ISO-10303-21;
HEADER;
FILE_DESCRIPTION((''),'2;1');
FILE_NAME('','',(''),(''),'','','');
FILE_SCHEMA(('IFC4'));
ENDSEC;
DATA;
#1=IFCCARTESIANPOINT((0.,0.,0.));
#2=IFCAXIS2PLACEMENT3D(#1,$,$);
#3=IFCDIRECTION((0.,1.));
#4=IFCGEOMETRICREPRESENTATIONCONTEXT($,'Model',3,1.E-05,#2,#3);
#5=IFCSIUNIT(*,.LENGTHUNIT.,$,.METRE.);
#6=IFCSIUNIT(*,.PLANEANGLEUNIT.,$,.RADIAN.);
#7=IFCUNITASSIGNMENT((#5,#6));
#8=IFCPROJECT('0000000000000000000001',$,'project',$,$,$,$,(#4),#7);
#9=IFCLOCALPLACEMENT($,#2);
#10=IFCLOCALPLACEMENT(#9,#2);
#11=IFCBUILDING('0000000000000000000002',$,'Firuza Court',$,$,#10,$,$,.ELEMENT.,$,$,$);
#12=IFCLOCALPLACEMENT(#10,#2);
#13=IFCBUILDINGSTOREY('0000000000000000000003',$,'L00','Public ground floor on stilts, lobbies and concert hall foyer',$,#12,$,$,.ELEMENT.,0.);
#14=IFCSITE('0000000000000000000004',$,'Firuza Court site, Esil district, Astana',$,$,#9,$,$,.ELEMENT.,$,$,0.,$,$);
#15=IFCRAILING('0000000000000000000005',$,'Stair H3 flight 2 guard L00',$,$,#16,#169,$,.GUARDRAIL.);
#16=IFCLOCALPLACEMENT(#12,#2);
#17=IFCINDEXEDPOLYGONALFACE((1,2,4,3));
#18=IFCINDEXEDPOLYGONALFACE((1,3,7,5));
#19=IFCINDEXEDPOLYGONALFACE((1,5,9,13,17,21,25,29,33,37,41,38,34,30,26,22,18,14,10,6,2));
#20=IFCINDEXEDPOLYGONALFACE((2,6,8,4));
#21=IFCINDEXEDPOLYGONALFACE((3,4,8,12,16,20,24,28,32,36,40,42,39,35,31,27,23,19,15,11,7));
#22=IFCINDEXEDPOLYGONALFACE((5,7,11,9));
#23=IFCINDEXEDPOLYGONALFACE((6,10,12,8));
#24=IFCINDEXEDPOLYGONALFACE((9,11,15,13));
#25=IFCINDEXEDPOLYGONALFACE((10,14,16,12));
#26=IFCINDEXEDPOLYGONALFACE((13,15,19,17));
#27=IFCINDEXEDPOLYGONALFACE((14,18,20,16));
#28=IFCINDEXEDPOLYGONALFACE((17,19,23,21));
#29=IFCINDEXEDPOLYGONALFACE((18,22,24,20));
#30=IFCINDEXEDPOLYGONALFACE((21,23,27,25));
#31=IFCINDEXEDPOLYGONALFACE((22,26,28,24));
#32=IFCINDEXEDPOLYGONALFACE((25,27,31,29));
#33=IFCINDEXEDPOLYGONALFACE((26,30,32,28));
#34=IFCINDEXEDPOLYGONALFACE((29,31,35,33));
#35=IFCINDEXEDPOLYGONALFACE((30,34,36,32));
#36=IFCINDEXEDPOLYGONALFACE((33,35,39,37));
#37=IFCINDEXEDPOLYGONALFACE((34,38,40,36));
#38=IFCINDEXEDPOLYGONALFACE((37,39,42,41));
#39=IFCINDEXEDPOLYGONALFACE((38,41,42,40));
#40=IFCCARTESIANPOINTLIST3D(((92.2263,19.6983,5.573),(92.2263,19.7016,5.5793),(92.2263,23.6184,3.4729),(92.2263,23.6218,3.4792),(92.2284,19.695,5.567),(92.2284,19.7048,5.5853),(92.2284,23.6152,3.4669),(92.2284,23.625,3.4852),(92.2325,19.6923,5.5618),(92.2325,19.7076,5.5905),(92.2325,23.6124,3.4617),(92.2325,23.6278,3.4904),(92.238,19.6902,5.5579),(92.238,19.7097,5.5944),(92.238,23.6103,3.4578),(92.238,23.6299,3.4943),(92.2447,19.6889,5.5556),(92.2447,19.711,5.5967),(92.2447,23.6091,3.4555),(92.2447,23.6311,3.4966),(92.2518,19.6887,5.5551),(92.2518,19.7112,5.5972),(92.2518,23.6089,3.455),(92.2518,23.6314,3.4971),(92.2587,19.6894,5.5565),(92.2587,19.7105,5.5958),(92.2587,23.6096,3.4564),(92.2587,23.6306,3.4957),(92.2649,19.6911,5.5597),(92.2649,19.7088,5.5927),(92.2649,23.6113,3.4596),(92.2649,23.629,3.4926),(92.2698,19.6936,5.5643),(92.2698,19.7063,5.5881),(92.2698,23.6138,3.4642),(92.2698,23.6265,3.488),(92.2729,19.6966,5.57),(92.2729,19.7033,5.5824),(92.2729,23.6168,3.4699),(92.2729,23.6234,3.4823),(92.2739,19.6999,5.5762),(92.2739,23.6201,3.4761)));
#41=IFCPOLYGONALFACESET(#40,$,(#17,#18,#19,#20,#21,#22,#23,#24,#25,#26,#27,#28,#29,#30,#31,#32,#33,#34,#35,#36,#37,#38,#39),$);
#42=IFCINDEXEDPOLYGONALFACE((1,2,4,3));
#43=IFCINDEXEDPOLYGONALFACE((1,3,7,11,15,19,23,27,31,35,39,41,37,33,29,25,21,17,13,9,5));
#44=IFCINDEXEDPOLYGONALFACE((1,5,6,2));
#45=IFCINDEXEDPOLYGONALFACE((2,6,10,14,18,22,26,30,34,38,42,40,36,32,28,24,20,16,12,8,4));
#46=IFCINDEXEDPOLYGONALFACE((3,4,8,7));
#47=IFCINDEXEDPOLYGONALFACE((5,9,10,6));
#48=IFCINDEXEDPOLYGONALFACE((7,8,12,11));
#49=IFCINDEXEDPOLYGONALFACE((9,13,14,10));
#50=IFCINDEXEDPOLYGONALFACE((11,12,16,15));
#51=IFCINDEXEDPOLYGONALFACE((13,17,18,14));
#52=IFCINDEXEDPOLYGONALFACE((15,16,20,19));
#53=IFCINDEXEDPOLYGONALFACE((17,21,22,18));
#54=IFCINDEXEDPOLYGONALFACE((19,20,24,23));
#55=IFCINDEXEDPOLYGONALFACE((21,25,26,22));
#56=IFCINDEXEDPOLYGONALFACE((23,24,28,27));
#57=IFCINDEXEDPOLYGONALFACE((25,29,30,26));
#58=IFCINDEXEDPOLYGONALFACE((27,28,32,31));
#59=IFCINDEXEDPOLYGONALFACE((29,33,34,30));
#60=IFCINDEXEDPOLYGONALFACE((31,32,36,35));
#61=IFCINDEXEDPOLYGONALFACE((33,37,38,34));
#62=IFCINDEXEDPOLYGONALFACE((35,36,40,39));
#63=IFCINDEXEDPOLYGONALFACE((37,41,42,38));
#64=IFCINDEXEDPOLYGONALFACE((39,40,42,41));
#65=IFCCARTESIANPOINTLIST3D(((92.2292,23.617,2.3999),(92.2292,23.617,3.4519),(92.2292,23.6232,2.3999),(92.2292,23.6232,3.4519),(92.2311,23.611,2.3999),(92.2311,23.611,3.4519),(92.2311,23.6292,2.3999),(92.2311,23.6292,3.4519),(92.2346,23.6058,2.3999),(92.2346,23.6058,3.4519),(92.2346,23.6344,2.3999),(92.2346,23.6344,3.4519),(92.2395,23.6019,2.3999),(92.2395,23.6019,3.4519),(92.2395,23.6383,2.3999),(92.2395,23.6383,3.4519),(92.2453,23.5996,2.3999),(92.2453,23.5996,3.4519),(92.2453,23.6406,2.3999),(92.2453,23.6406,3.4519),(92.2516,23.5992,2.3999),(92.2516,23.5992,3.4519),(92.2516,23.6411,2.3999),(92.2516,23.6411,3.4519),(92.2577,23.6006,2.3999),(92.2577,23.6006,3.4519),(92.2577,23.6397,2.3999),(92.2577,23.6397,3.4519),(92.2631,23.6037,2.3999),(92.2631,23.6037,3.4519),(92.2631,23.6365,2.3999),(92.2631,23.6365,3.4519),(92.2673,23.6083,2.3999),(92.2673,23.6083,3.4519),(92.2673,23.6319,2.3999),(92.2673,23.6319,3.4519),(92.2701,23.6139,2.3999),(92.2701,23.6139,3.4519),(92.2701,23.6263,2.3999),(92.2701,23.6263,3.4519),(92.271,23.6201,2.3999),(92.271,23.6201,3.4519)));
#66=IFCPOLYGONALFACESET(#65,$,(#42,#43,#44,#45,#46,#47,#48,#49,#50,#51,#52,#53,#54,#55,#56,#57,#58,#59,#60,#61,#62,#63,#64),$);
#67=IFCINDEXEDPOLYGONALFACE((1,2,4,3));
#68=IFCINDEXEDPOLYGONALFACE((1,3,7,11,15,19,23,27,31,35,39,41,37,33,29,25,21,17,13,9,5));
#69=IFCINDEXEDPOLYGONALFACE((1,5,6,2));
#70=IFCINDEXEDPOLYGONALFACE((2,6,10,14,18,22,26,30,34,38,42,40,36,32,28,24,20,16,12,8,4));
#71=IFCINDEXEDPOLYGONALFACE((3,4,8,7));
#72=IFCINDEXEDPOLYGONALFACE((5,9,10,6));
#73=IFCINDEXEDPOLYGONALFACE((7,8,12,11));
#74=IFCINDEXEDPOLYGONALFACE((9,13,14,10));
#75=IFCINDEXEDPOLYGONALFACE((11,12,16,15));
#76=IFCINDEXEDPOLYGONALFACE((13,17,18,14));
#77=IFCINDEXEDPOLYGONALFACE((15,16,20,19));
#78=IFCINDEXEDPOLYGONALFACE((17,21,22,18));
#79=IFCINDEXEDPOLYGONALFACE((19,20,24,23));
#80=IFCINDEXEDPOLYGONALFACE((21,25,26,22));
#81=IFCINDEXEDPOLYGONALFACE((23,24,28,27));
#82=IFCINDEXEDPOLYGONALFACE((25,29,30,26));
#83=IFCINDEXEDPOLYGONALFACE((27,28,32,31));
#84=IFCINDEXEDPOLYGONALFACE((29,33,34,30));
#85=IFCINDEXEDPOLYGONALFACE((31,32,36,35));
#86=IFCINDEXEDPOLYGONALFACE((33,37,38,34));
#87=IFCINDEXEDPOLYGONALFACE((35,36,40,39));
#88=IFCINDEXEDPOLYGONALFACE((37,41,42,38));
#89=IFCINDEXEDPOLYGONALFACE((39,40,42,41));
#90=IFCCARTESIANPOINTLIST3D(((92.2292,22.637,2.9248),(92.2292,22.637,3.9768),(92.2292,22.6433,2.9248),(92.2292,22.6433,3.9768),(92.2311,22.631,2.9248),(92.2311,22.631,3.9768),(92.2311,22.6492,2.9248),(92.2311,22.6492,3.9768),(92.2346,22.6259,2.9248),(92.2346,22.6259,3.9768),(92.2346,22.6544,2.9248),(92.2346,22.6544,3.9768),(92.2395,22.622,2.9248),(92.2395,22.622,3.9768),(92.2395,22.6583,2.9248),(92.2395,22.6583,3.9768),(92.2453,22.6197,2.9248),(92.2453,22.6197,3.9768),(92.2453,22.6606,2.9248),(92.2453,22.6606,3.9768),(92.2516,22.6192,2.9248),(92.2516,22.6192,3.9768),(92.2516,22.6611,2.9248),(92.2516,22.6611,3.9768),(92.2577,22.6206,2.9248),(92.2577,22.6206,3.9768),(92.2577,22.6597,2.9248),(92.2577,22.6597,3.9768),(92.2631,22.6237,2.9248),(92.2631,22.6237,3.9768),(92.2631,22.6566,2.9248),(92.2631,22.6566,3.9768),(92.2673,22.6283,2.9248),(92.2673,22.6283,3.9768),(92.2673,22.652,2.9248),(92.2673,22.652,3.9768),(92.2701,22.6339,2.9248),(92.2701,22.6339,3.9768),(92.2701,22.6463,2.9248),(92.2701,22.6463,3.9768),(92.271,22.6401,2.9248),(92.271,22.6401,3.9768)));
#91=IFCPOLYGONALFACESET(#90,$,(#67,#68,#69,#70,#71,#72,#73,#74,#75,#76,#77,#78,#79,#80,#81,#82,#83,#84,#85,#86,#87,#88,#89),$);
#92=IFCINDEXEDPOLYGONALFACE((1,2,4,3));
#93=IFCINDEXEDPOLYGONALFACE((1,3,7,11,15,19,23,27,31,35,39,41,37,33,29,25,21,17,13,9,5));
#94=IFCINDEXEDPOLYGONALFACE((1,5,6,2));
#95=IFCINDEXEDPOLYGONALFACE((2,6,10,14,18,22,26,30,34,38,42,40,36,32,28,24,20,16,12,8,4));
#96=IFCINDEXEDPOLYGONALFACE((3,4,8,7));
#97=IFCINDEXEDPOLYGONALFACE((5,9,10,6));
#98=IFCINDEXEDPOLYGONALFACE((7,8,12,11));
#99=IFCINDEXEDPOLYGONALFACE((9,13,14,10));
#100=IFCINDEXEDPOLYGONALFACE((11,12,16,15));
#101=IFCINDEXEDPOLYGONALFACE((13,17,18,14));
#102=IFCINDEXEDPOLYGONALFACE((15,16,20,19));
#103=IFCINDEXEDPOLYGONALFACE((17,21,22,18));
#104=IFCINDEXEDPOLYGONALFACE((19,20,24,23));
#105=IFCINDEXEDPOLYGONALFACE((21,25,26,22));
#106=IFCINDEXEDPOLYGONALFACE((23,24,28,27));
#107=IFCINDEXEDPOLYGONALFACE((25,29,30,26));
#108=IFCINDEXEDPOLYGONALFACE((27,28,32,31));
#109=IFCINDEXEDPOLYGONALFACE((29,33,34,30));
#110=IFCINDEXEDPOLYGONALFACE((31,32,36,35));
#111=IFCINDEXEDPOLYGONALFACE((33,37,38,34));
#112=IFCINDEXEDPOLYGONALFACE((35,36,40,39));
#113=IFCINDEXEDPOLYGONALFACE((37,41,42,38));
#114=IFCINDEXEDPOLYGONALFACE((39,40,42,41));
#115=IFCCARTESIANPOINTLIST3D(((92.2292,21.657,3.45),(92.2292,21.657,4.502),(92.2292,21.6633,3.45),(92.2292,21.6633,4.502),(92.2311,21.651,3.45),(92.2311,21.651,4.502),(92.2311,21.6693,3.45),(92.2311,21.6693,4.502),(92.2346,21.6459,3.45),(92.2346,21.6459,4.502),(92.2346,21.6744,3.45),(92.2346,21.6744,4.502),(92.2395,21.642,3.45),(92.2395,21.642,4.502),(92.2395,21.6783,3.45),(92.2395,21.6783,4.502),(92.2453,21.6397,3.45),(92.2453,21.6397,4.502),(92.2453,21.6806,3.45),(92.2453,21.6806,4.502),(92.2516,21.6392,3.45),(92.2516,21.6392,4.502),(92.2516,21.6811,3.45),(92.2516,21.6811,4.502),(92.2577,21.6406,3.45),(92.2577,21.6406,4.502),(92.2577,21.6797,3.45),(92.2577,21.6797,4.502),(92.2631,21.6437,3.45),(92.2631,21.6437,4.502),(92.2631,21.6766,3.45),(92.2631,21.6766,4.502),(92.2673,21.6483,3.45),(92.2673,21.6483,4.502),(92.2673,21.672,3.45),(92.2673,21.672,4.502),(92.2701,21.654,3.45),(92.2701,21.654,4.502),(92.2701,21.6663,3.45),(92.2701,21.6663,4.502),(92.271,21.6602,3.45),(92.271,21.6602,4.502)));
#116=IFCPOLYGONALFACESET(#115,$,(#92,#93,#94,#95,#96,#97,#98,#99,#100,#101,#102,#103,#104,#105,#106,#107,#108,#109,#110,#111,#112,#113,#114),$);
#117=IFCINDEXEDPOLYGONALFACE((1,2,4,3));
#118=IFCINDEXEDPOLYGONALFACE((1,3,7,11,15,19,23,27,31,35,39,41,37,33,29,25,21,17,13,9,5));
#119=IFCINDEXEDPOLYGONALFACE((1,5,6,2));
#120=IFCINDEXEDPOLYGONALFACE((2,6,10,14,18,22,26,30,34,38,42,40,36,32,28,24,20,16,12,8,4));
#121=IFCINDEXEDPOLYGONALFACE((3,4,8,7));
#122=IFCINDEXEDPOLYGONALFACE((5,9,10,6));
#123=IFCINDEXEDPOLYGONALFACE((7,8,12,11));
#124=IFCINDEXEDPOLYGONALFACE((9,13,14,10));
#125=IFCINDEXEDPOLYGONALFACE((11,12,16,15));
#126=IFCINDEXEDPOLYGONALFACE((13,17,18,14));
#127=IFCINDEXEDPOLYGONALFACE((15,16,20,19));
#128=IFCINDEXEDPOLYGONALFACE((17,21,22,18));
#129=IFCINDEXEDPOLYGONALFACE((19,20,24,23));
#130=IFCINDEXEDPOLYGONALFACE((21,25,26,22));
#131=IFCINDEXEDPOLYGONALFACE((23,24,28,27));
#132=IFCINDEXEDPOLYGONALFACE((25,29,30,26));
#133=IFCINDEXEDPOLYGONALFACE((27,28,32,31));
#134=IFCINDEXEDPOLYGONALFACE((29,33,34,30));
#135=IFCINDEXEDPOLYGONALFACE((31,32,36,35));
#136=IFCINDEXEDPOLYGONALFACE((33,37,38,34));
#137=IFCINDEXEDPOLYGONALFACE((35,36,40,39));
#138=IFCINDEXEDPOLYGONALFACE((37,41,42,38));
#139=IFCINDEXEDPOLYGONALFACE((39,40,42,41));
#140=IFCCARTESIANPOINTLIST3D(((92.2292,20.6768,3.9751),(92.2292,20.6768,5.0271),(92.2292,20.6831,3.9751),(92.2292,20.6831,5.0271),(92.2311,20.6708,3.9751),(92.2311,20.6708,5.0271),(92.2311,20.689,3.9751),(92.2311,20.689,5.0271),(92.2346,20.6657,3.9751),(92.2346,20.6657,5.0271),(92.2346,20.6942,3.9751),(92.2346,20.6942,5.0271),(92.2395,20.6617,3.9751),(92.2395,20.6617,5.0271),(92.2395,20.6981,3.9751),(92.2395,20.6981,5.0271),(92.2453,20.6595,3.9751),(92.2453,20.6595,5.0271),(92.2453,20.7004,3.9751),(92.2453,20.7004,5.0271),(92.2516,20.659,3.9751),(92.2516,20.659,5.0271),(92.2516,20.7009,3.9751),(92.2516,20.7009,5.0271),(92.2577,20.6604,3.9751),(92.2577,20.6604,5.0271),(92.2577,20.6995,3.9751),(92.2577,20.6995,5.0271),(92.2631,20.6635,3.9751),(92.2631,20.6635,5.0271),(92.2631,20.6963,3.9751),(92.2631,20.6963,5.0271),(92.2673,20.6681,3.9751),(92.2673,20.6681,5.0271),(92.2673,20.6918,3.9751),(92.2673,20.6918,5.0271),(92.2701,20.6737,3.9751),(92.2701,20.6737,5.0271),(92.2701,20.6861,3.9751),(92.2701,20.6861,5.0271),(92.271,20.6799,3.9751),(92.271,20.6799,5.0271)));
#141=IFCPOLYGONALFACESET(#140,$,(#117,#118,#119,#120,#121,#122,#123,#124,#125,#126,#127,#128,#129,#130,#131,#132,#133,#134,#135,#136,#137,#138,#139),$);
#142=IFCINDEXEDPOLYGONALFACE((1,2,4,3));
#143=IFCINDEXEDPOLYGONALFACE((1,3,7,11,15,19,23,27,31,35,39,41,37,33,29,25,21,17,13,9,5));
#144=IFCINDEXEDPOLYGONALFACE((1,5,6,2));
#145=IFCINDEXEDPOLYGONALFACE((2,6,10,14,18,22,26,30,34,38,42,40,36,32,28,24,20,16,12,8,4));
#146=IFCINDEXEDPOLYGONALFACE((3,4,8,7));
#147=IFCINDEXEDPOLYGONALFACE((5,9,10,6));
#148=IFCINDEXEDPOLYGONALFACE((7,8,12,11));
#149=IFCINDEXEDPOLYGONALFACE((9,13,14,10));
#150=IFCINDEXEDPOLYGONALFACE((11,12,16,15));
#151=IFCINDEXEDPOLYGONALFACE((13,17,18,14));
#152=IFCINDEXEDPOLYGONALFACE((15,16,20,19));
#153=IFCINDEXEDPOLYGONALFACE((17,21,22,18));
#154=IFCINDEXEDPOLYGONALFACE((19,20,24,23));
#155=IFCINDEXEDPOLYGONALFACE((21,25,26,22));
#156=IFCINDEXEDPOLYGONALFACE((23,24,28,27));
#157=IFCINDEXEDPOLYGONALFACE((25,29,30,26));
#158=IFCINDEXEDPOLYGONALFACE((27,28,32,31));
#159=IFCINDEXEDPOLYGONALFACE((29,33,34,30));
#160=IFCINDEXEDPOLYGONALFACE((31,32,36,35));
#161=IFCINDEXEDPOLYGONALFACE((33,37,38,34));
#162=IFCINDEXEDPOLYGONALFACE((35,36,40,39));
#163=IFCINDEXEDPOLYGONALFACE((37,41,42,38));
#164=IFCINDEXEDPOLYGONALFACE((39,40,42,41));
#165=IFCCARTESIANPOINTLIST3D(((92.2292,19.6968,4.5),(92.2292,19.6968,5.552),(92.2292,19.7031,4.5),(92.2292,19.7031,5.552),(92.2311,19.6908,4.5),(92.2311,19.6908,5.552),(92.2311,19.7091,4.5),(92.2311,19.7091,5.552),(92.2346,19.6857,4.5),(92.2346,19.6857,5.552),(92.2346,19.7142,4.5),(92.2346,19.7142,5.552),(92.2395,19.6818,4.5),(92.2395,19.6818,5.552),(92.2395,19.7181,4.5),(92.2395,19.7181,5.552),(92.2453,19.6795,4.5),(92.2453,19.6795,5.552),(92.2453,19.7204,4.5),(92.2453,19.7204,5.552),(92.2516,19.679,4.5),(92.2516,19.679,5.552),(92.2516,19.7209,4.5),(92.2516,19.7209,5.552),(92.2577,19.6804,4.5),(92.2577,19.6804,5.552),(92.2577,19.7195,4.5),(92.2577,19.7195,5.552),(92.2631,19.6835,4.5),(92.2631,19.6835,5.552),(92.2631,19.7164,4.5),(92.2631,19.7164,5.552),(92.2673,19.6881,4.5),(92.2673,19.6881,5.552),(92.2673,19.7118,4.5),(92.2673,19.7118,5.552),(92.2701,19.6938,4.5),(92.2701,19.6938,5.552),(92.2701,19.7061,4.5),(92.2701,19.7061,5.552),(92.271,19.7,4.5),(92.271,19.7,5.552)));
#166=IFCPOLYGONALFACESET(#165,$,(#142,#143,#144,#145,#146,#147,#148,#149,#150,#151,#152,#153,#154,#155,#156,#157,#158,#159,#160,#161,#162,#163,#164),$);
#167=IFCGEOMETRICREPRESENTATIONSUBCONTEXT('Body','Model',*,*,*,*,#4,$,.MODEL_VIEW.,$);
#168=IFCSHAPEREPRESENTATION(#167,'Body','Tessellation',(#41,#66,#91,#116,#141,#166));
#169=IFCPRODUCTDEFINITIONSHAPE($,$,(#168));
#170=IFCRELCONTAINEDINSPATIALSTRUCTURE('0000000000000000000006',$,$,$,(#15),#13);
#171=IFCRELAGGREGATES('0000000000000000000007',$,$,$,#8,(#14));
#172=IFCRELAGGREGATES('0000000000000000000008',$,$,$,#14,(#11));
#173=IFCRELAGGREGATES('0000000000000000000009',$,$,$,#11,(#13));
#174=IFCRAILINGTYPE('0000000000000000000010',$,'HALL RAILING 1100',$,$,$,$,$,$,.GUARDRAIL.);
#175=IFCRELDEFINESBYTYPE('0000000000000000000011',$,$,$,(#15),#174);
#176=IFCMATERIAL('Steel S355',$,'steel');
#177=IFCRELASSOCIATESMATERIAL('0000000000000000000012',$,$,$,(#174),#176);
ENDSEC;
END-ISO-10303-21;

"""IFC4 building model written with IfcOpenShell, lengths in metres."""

from ifc_helpers import new_model, si_unit, direction, frame, origin, origin_2d, place, context, subcontext, project, spatial, circle, extrude, material, type_object, element, save


model = new_model("IFC4")

# Units and contexts
model_context = context("Model", 3, precision=1e-05, world=origin(), true_north=direction((0.0, 1.0)))
body_context = subcontext(model_context, "Body", "Model", "MODEL_VIEW")
ifc_project = project(units=[si_unit("LENGTHUNIT", "METRE"), si_unit("PLANEANGLEUNIT", "RADIAN")], contexts=[model_context])

# Site, building, storey
site_placement = place(None, origin())
site = spatial("IfcSite", under=ifc_project, at=site_placement, Name="Firuza Court site, Esil district, Astana", CompositionType="ELEMENT", RefElevation=0.0)
building_placement = place(site_placement, origin())
building = spatial("IfcBuilding", under=site, at=building_placement, Name="Firuza Court", CompositionType="ELEMENT")
storey_placement = place(building_placement, origin())
storey = spatial("IfcBuildingStorey", under=building, at=storey_placement, Name="L00", Description="Public ground floor on stilts, lobbies and concert hall foyer", CompositionType="ELEMENT", Elevation=0.0)

# Railing
ifc_material_1 = material(Name="Steel S355", Category="steel")
railing_type_1 = type_object("IfcRailingType", Name="HALL RAILING 1100", PredefinedType="GUARDRAIL", material=ifc_material_1)
railing_1_placement = place(storey_placement, frame((92.25, 23.6201, 2.3999)))
element("IfcRailing", 1, at=railing_1_placement, inside=storey, type_object=railing_type_1, Name="Stair H3 flight 2 guard L00", PredefinedType="GUARDRAIL", context=body_context, shape_type="SweptSolid", body=[
    extrude(circle(Radius=0.0239, at=origin_2d()), frame((0.0, 0.0, 1.0762), z_axis=(0.0, -0.881479, 0.472223), x_axis=(1.0, 0.0, 0.0)), (0.0, 0.0, 1.0), 4.4473),
    extrude(circle(Radius=0.021, at=origin_2d()), origin(), (0.0, 0.0, 1.0), 1.052),
    extrude(circle(Radius=0.021, at=origin_2d()), frame((0.0, -0.98, 0.5249)), (0.0, 0.0, 1.0), 1.052),
    extrude(circle(Radius=0.021, at=origin_2d()), frame((0.0, -1.96, 1.05)), (0.0, 0.0, 1.0), 1.052),
    extrude(circle(Radius=0.021, at=origin_2d()), frame((0.0, -2.9402, 1.5752)), (0.0, 0.0, 1.0), 1.052),
    extrude(circle(Radius=0.021, at=origin_2d()), frame((0.0, -3.9202, 2.1001)), (0.0, 0.0, 1.0), 1.052),
])

save(model, "model.ifc")
